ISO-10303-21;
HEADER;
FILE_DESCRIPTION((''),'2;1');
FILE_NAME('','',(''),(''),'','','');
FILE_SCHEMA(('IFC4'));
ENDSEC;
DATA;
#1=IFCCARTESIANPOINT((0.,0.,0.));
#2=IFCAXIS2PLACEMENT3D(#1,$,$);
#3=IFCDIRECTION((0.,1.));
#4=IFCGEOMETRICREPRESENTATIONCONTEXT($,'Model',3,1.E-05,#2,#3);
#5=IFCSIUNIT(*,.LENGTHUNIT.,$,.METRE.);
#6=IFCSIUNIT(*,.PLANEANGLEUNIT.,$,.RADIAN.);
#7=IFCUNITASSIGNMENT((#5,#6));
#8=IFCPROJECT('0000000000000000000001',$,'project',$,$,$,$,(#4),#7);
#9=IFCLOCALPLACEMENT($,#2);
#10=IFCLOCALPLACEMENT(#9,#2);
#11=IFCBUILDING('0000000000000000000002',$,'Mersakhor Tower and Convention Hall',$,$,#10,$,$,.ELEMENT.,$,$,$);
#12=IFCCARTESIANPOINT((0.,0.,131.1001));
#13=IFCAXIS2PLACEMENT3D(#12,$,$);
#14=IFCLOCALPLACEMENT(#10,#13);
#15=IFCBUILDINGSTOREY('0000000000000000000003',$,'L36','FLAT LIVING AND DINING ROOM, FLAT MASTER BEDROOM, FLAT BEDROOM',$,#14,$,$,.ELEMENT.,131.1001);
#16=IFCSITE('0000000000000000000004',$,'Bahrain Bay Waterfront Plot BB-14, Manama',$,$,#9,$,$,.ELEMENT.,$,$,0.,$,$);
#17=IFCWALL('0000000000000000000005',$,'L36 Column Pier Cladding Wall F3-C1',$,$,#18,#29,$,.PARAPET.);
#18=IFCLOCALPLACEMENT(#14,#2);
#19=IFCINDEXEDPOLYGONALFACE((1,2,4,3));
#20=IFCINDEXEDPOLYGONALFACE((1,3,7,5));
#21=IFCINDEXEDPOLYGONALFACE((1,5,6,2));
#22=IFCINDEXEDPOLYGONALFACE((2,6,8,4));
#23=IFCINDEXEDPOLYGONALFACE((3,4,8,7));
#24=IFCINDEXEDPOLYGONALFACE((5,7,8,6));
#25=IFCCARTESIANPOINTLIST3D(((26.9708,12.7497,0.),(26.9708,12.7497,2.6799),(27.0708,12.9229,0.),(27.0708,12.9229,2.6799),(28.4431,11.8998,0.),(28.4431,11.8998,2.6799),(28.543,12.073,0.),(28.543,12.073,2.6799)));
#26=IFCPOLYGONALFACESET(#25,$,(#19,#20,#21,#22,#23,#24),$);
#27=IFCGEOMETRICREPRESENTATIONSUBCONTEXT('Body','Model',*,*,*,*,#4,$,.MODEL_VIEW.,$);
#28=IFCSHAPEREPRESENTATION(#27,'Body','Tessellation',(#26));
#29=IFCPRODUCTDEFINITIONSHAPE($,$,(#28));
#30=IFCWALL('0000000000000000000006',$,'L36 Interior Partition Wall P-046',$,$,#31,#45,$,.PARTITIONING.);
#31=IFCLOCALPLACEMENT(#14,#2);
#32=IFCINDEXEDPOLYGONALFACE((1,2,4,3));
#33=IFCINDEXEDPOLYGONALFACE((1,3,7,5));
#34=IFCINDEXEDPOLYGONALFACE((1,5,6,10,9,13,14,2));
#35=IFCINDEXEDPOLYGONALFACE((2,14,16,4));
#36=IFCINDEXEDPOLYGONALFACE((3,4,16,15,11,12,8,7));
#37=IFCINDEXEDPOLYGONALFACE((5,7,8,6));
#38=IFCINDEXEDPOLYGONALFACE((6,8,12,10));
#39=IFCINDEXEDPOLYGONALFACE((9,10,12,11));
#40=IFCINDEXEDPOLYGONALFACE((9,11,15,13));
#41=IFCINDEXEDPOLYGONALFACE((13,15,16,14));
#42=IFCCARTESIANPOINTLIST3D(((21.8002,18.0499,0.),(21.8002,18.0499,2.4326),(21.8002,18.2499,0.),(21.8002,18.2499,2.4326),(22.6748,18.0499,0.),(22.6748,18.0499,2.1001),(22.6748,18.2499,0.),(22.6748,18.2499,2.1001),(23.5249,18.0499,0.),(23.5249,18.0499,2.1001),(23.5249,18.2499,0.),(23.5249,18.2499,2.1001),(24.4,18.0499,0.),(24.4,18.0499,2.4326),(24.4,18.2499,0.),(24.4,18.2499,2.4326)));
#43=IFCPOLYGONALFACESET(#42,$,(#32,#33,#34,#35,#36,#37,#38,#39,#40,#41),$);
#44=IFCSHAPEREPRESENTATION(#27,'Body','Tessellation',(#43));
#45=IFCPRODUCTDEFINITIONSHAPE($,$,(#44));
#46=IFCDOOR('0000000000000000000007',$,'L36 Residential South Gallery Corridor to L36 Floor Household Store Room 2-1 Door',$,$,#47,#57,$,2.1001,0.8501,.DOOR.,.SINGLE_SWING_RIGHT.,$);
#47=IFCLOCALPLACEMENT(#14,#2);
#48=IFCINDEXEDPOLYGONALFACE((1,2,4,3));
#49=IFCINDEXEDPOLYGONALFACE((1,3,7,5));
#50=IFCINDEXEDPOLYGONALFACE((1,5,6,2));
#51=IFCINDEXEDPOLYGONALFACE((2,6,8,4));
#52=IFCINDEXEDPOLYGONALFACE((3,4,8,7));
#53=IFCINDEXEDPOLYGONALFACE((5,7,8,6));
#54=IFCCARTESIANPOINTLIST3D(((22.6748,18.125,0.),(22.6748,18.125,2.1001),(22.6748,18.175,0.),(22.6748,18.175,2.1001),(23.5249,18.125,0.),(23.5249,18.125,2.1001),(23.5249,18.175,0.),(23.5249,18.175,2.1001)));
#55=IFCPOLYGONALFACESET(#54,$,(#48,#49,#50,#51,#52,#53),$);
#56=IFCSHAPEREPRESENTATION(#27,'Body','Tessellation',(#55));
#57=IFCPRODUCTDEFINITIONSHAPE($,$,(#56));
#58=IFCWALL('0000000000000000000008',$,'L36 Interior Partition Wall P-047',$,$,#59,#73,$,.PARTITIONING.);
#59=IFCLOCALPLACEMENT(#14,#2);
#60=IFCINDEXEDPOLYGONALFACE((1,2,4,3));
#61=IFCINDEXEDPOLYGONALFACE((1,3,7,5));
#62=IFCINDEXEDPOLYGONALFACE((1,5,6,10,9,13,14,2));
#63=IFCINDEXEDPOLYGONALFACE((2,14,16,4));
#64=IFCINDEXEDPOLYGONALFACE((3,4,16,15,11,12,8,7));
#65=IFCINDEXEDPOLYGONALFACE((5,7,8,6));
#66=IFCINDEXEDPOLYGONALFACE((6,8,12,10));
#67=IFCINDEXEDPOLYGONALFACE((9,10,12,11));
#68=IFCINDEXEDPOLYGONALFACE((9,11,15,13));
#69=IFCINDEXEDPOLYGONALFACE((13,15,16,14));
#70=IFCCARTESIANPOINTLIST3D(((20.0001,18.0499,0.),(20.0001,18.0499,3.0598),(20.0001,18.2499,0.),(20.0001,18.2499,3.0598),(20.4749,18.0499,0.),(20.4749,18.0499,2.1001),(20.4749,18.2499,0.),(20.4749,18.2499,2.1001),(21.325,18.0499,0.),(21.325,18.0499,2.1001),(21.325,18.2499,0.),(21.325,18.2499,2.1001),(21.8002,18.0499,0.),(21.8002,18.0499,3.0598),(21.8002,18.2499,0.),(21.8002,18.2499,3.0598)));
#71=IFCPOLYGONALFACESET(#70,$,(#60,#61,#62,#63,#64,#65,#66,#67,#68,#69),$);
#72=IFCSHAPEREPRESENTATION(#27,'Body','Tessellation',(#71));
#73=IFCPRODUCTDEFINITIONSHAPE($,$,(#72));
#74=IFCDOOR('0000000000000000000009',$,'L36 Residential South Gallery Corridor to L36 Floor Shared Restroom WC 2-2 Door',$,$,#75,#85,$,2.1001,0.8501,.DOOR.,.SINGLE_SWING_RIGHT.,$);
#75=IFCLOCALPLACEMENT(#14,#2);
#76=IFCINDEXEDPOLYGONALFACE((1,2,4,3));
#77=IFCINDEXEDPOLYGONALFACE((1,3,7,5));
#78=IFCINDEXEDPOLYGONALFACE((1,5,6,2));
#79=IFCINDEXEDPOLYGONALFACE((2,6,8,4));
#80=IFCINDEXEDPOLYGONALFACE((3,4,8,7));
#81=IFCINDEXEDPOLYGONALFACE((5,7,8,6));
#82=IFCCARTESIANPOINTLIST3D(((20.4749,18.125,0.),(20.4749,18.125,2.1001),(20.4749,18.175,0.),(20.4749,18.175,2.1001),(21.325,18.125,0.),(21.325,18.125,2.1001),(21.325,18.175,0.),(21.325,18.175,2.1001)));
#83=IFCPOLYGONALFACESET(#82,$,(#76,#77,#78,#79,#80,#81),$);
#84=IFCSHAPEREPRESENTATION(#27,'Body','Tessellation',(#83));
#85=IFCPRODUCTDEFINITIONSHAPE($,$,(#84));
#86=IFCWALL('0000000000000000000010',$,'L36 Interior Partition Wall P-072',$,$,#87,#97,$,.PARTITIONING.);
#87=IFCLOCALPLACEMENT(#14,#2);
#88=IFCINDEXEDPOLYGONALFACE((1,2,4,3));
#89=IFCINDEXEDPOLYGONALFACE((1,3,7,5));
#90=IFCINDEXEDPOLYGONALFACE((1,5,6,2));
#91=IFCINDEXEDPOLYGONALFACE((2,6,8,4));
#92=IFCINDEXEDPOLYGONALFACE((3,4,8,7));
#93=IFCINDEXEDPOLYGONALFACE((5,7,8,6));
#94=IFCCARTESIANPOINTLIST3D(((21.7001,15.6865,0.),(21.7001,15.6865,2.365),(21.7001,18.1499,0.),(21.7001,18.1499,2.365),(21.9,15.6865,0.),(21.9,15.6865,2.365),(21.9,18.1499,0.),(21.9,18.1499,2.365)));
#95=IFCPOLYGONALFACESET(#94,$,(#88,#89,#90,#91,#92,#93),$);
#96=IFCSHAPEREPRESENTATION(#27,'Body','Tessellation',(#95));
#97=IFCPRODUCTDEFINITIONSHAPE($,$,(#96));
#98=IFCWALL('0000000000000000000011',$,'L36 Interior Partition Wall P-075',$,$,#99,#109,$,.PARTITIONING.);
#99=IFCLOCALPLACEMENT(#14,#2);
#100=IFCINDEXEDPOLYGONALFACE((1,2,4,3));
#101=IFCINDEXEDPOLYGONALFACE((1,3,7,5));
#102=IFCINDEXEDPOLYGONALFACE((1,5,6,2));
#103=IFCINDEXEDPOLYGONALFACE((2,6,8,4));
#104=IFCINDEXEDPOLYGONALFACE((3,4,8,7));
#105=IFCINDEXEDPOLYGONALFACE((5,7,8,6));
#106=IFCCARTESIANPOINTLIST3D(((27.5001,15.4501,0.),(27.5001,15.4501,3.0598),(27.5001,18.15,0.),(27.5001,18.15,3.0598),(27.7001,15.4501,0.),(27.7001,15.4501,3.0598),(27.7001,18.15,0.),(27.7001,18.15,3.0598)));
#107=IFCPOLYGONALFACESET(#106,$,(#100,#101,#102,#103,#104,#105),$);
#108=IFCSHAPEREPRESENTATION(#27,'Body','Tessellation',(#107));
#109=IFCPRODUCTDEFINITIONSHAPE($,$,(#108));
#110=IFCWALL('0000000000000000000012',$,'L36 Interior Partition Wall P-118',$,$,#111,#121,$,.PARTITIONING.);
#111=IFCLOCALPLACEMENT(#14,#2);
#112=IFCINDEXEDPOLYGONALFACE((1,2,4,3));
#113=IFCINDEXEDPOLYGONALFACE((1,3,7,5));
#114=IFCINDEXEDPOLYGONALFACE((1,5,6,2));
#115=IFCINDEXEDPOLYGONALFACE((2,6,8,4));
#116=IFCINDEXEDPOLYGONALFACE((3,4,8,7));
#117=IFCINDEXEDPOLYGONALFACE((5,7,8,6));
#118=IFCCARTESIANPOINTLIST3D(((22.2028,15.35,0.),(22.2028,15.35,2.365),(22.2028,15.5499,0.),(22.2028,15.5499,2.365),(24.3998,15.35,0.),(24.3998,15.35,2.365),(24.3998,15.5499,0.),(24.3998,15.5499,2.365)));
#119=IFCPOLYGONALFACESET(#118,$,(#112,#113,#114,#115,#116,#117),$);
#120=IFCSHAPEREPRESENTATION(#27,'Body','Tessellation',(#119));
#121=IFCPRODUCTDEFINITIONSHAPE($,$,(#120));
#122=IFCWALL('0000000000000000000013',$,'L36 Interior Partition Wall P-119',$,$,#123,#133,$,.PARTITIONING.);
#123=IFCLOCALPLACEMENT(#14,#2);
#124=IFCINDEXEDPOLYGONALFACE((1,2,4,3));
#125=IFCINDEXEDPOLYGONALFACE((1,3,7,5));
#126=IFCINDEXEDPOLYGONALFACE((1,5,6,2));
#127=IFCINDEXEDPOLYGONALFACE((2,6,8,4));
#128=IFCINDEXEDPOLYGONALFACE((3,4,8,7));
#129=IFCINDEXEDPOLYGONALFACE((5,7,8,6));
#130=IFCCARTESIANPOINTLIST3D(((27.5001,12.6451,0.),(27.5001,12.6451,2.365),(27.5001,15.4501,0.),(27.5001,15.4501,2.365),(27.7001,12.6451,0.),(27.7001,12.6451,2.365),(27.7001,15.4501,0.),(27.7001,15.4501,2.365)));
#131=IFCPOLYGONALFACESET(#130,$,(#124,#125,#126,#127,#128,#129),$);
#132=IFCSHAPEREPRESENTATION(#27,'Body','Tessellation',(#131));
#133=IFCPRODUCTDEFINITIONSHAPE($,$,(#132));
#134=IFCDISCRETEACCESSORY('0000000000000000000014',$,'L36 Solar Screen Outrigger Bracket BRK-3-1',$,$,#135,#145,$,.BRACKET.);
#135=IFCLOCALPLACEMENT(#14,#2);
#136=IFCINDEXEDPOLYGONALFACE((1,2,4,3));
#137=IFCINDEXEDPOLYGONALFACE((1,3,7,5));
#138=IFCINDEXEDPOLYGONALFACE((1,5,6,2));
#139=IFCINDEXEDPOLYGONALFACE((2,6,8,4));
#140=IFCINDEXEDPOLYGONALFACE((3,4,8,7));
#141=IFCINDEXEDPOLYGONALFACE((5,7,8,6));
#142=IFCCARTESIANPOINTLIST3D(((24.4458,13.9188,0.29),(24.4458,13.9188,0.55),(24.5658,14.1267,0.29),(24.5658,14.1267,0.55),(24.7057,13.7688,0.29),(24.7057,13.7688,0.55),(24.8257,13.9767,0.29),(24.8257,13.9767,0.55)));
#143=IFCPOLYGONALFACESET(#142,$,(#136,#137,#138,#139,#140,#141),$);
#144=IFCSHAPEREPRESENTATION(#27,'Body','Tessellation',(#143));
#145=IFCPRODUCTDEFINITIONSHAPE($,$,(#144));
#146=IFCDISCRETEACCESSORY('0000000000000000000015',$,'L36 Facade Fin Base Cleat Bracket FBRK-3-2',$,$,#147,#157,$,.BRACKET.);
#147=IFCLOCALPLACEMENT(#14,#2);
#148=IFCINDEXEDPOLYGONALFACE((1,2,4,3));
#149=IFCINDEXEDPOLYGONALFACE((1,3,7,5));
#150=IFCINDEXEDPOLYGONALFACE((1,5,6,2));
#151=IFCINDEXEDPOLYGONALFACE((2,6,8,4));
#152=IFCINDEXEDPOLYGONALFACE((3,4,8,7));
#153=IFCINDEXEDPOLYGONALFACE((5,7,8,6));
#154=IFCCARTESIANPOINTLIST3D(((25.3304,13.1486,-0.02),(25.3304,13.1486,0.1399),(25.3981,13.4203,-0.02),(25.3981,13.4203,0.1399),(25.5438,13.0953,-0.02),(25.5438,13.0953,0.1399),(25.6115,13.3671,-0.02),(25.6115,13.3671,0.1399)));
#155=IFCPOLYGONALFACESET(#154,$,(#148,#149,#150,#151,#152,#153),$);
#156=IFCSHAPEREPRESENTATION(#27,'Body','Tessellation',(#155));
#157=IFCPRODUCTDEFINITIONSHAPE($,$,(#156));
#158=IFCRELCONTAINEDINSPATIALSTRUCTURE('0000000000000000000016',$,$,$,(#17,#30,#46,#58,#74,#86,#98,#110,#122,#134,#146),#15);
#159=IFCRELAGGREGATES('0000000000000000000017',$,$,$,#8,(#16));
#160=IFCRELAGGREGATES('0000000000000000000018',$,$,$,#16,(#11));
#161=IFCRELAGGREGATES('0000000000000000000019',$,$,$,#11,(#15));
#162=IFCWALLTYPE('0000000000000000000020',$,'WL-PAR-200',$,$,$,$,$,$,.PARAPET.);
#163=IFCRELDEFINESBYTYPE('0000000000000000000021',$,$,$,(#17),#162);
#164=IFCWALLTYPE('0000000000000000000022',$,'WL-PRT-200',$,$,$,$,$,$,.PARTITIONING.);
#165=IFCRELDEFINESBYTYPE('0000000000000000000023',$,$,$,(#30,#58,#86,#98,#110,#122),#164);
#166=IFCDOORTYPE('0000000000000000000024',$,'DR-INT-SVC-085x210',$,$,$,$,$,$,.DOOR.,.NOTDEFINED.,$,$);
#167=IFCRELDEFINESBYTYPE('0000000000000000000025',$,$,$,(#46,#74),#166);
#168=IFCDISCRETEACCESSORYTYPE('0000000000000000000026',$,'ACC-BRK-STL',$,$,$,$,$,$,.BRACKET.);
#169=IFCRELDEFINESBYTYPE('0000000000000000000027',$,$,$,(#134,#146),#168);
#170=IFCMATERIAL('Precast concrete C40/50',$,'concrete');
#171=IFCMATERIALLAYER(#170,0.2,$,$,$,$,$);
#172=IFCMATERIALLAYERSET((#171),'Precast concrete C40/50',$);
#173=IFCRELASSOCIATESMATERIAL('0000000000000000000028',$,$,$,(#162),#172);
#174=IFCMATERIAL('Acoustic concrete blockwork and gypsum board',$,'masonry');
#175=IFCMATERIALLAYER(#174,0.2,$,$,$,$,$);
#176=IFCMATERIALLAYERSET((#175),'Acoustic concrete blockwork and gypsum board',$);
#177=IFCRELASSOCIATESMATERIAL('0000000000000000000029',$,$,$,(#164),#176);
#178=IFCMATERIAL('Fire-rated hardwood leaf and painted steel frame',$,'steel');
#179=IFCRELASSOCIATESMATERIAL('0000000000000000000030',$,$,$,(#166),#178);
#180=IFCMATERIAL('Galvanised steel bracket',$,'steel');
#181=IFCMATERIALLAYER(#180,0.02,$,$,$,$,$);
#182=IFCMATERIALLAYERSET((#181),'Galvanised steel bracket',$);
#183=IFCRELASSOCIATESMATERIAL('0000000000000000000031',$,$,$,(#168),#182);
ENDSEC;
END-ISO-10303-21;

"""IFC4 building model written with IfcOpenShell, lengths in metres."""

from ifc_helpers import new_model, si_unit, direction, frame, frame_2d, origin, origin_2d, place, context, subcontext, project, spatial, rectangle, extrude, material, layer, layer_set, type_object, element, fill, save


model = new_model("IFC4")

# Units and contexts
model_context = context("Model", 3, precision=1e-05, world=origin(), true_north=direction((0.0, 1.0)))
body_context = subcontext(model_context, "Body", "Model", "MODEL_VIEW")
ifc_project = project(units=[si_unit("LENGTHUNIT", "METRE"), si_unit("PLANEANGLEUNIT", "RADIAN")], contexts=[model_context])

# Site, building, storey
site_placement = place(None, origin())
site = spatial("IfcSite", under=ifc_project, at=site_placement, Name="Bahrain Bay Waterfront Plot BB-14, Manama", CompositionType="ELEMENT", RefElevation=0.0)
building_placement = place(site_placement, origin())
building = spatial("IfcBuilding", under=site, at=building_placement, Name="Mersakhor Tower and Convention Hall", CompositionType="ELEMENT")
storey_placement = place(building_placement, frame((0.0, 0.0, 131.1001)))
storey = spatial("IfcBuildingStorey", under=building, at=storey_placement, Name="L36", Description="FLAT LIVING AND DINING ROOM, FLAT MASTER BEDROOM, FLAT BEDROOM", CompositionType="ELEMENT", Elevation=131.1001)

# Wall
ifc_material_1 = material(Name="Precast concrete C40/50", Category="concrete")
ifc_layer_1 = layer(ifc_material_1, 0.2)
ifc_layer_set_1 = layer_set([ifc_layer_1], Name="Precast concrete C40/50")
wall_type_1 = type_object("IfcWallType", Name="WL-PAR-200", PredefinedType="PARAPET", material=ifc_layer_set_1)
wall_1_placement = place(storey_placement, frame((28.4932, 11.9863, 0.0), z_axis=(0.0, 0.0, 1.0), x_axis=(-0.866052, 0.499955, 0.0)))
element("IfcWall", 1, at=wall_1_placement, inside=storey, type_object=wall_type_1, Name="L36 Column Pier Cladding Wall F3-C1", PredefinedType="PARAPET", context=body_context, shape_type="SweptSolid", body=[
    extrude(rectangle(XDim=1.7, YDim=0.2, at=frame_2d((0.8501, 0.0))), origin(), (0.0, 0.0, 1.0), 2.6799),
])

# Walls, openings, doors
ifc_material_2 = material(Name="Acoustic concrete blockwork and gypsum board", Category="masonry")
ifc_layer_2 = layer(ifc_material_2, 0.2)
ifc_layer_set_2 = layer_set([ifc_layer_2], Name="Acoustic concrete blockwork and gypsum board")
wall_type_2 = type_object("IfcWallType", Name="WL-PRT-200", PredefinedType="PARTITIONING", material=ifc_layer_set_2)
wall_2_placement = place(storey_placement, frame((24.3999, 18.1499, 0.0), z_axis=(0.0, 0.0, 1.0), x_axis=(-1.0, 0.0, 0.0)))
wall_2 = element("IfcWall", 2, at=wall_2_placement, inside=storey, type_object=wall_type_2, Name="L36 Interior Partition Wall P-046", PredefinedType="PARTITIONING", context=body_context, shape_type="SweptSolid", body=[
    extrude(rectangle(XDim=2.5999, YDim=0.2, at=frame_2d((1.2998, 0.0))), origin(), (0.0, 0.0, 1.0), 2.4326),
])
opening_1_placement = place(wall_2_placement, frame((0.875, 0.0, 0.0)))
opening_1 = element("IfcOpeningElement", 3, at=opening_1_placement, cuts=wall_2, PredefinedType="OPENING", context=body_context, shape_type="SweptSolid", body=[
    extrude(rectangle(XDim=0.8501, YDim=2.1001, at=frame_2d((0.425, 1.05))), frame((0.0, 0.1099, 0.0), z_axis=(0.0, -1.0, 0.0), x_axis=(1.0, 0.0, 0.0)), (0.0, 0.0, 1.0), 0.22),
])
ifc_material_3 = material(Name="Fire-rated hardwood leaf and painted steel frame", Category="steel")
door_type = type_object("IfcDoorType", Name="DR-INT-SVC-085x210", OperationType="NOTDEFINED", PredefinedType="DOOR", material=ifc_material_3)
door_1_placement = place(opening_1_placement, origin())
door_1 = element("IfcDoor", 4, at=door_1_placement, inside=storey, type_object=door_type, Name="L36 Residential South Gallery Corridor to L36 Floor Household Store Room 2-1 Door", OperationType="SINGLE_SWING_RIGHT", OverallHeight=2.1001, OverallWidth=0.8501, PredefinedType="DOOR", context=body_context, shape_type="SweptSolid", body=[
    extrude(rectangle(XDim=0.8501, YDim=2.1001, at=frame_2d((0.425, 1.05))), frame((0.0, 0.0249, 0.0), z_axis=(0.0, -1.0, 0.0), x_axis=(1.0, 0.0, 0.0)), (0.0, 0.0, 1.0), 0.05),
])
fill(opening_1, door_1)
wall_3_placement = place(storey_placement, frame((21.8, 18.1499, 0.0), z_axis=(0.0, 0.0, 1.0), x_axis=(-1.0, 0.0, 0.0)))
wall_3 = element("IfcWall", 5, at=wall_3_placement, inside=storey, type_object=wall_type_2, Name="L36 Interior Partition Wall P-047", PredefinedType="PARTITIONING", context=body_context, shape_type="SweptSolid", body=[
    extrude(rectangle(XDim=1.8, YDim=0.2, at=frame_2d((0.8999, 0.0))), origin(), (0.0, 0.0, 1.0), 3.0598),
])
opening_2_placement = place(wall_3_placement, frame((0.4751, 0.0, 0.0)))
opening_2 = element("IfcOpeningElement", 6, at=opening_2_placement, cuts=wall_3, PredefinedType="OPENING", context=body_context, shape_type="SweptSolid", body=[
    extrude(rectangle(XDim=0.8501, YDim=2.1001, at=frame_2d((0.425, 1.05))), frame((0.0, 0.1099, 0.0), z_axis=(0.0, -1.0, 0.0), x_axis=(1.0, 0.0, 0.0)), (0.0, 0.0, 1.0), 0.22),
])
door_2_placement = place(opening_2_placement, origin())
door_2 = element("IfcDoor", 7, at=door_2_placement, inside=storey, type_object=door_type, Name="L36 Residential South Gallery Corridor to L36 Floor Shared Restroom WC 2-2 Door", OperationType="SINGLE_SWING_RIGHT", OverallHeight=2.1001, OverallWidth=0.8501, PredefinedType="DOOR", context=body_context, shape_type="SweptSolid", body=[
    extrude(rectangle(XDim=0.8501, YDim=2.1001, at=frame_2d((0.425, 1.05))), frame((0.0, 0.0249, 0.0), z_axis=(0.0, -1.0, 0.0), x_axis=(1.0, 0.0, 0.0)), (0.0, 0.0, 1.0), 0.05),
])
fill(opening_2, door_2)

# Walls
wall_4_placement = place(storey_placement, frame((21.8, 18.1499, 0.0), z_axis=(0.0, 0.0, 1.0), x_axis=(0.0, -1.0, 0.0)))
element("IfcWall", 8, at=wall_4_placement, inside=storey, type_object=wall_type_2, Name="L36 Interior Partition Wall P-072", PredefinedType="PARTITIONING", context=body_context, shape_type="SweptSolid", body=[
    extrude(rectangle(XDim=2.4634, YDim=0.2, at=frame_2d((1.2317, 0.0))), origin(), (0.0, 0.0, 1.0), 2.365),
])
wall_5_placement = place(storey_placement, frame((27.6001, 15.45, 0.0), z_axis=(0.0, 0.0, 1.0), x_axis=(0.0, 1.0, 0.0)))
element("IfcWall", 9, at=wall_5_placement, inside=storey, type_object=wall_type_2, Name="L36 Interior Partition Wall P-075", PredefinedType="PARTITIONING", context=body_context, shape_type="SweptSolid", body=[
    extrude(rectangle(XDim=2.7, YDim=0.2, at=frame_2d((1.3501, 0.0))), origin(), (0.0, 0.0, 1.0), 3.0598),
])
wall_6_placement = place(storey_placement, frame((24.3999, 15.45, 0.0), z_axis=(0.0, 0.0, 1.0), x_axis=(-1.0, 0.0, 0.0)))
element("IfcWall", 10, at=wall_6_placement, inside=storey, type_object=wall_type_2, Name="L36 Interior Partition Wall P-118", PredefinedType="PARTITIONING", context=body_context, shape_type="SweptSolid", body=[
    extrude(rectangle(XDim=2.197, YDim=0.2, at=frame_2d((1.0986, 0.0))), origin(), (0.0, 0.0, 1.0), 2.365),
])
wall_7_placement = place(storey_placement, frame((27.6001, 15.45, 0.0), z_axis=(0.0, 0.0, 1.0), x_axis=(0.0, -1.0, 0.0)))
element("IfcWall", 11, at=wall_7_placement, inside=storey, type_object=wall_type_2, Name="L36 Interior Partition Wall P-119", PredefinedType="PARTITIONING", context=body_context, shape_type="SweptSolid", body=[
    extrude(rectangle(XDim=2.8049, YDim=0.2, at=frame_2d((1.4023, 0.0))), origin(), (0.0, 0.0, 1.0), 2.365),
])

# Discrete accessories
ifc_material_4 = material(Name="Galvanised steel bracket", Category="steel")
ifc_layer_3 = layer(ifc_material_4, 0.02)
ifc_layer_set_3 = layer_set([ifc_layer_3], Name="Galvanised steel bracket")
discrete_accessory_type = type_object("IfcDiscreteAccessoryType", Name="ACC-BRK-STL", PredefinedType="BRACKET", material=ifc_layer_set_3)
discrete_accessory_1_placement = place(storey_placement, frame((24.6357, 13.9478, 0.29), z_axis=(0.0, 0.0, 1.0), x_axis=(-0.866025, 0.5, 0.0)))
element("IfcDiscreteAccessory", 12, at=discrete_accessory_1_placement, inside=storey, type_object=discrete_accessory_type, Name="L36 Solar Screen Outrigger Bracket BRK-3-1", PredefinedType="BRACKET", context=body_context, shape_type="SweptSolid", body=[
    extrude(rectangle(XDim=0.3, YDim=0.24, at=origin_2d()), origin(), (0.0, 0.0, 1.0), 0.26),
])
discrete_accessory_2_placement = place(storey_placement, frame((25.4709, 13.2578, -0.02), z_axis=(0.0, 0.0, 1.0), x_axis=(-0.241922, -0.970296, 0.0)))
element("IfcDiscreteAccessory", 13, at=discrete_accessory_2_placement, inside=storey, type_object=discrete_accessory_type, Name="L36 Facade Fin Base Cleat Bracket FBRK-3-2", PredefinedType="BRACKET", context=body_context, shape_type="SweptSolid", body=[
    extrude(rectangle(XDim=0.28, YDim=0.22, at=origin_2d()), origin(), (0.0, 0.0, 1.0), 0.1599),
])

save(model, "model.ifc")
